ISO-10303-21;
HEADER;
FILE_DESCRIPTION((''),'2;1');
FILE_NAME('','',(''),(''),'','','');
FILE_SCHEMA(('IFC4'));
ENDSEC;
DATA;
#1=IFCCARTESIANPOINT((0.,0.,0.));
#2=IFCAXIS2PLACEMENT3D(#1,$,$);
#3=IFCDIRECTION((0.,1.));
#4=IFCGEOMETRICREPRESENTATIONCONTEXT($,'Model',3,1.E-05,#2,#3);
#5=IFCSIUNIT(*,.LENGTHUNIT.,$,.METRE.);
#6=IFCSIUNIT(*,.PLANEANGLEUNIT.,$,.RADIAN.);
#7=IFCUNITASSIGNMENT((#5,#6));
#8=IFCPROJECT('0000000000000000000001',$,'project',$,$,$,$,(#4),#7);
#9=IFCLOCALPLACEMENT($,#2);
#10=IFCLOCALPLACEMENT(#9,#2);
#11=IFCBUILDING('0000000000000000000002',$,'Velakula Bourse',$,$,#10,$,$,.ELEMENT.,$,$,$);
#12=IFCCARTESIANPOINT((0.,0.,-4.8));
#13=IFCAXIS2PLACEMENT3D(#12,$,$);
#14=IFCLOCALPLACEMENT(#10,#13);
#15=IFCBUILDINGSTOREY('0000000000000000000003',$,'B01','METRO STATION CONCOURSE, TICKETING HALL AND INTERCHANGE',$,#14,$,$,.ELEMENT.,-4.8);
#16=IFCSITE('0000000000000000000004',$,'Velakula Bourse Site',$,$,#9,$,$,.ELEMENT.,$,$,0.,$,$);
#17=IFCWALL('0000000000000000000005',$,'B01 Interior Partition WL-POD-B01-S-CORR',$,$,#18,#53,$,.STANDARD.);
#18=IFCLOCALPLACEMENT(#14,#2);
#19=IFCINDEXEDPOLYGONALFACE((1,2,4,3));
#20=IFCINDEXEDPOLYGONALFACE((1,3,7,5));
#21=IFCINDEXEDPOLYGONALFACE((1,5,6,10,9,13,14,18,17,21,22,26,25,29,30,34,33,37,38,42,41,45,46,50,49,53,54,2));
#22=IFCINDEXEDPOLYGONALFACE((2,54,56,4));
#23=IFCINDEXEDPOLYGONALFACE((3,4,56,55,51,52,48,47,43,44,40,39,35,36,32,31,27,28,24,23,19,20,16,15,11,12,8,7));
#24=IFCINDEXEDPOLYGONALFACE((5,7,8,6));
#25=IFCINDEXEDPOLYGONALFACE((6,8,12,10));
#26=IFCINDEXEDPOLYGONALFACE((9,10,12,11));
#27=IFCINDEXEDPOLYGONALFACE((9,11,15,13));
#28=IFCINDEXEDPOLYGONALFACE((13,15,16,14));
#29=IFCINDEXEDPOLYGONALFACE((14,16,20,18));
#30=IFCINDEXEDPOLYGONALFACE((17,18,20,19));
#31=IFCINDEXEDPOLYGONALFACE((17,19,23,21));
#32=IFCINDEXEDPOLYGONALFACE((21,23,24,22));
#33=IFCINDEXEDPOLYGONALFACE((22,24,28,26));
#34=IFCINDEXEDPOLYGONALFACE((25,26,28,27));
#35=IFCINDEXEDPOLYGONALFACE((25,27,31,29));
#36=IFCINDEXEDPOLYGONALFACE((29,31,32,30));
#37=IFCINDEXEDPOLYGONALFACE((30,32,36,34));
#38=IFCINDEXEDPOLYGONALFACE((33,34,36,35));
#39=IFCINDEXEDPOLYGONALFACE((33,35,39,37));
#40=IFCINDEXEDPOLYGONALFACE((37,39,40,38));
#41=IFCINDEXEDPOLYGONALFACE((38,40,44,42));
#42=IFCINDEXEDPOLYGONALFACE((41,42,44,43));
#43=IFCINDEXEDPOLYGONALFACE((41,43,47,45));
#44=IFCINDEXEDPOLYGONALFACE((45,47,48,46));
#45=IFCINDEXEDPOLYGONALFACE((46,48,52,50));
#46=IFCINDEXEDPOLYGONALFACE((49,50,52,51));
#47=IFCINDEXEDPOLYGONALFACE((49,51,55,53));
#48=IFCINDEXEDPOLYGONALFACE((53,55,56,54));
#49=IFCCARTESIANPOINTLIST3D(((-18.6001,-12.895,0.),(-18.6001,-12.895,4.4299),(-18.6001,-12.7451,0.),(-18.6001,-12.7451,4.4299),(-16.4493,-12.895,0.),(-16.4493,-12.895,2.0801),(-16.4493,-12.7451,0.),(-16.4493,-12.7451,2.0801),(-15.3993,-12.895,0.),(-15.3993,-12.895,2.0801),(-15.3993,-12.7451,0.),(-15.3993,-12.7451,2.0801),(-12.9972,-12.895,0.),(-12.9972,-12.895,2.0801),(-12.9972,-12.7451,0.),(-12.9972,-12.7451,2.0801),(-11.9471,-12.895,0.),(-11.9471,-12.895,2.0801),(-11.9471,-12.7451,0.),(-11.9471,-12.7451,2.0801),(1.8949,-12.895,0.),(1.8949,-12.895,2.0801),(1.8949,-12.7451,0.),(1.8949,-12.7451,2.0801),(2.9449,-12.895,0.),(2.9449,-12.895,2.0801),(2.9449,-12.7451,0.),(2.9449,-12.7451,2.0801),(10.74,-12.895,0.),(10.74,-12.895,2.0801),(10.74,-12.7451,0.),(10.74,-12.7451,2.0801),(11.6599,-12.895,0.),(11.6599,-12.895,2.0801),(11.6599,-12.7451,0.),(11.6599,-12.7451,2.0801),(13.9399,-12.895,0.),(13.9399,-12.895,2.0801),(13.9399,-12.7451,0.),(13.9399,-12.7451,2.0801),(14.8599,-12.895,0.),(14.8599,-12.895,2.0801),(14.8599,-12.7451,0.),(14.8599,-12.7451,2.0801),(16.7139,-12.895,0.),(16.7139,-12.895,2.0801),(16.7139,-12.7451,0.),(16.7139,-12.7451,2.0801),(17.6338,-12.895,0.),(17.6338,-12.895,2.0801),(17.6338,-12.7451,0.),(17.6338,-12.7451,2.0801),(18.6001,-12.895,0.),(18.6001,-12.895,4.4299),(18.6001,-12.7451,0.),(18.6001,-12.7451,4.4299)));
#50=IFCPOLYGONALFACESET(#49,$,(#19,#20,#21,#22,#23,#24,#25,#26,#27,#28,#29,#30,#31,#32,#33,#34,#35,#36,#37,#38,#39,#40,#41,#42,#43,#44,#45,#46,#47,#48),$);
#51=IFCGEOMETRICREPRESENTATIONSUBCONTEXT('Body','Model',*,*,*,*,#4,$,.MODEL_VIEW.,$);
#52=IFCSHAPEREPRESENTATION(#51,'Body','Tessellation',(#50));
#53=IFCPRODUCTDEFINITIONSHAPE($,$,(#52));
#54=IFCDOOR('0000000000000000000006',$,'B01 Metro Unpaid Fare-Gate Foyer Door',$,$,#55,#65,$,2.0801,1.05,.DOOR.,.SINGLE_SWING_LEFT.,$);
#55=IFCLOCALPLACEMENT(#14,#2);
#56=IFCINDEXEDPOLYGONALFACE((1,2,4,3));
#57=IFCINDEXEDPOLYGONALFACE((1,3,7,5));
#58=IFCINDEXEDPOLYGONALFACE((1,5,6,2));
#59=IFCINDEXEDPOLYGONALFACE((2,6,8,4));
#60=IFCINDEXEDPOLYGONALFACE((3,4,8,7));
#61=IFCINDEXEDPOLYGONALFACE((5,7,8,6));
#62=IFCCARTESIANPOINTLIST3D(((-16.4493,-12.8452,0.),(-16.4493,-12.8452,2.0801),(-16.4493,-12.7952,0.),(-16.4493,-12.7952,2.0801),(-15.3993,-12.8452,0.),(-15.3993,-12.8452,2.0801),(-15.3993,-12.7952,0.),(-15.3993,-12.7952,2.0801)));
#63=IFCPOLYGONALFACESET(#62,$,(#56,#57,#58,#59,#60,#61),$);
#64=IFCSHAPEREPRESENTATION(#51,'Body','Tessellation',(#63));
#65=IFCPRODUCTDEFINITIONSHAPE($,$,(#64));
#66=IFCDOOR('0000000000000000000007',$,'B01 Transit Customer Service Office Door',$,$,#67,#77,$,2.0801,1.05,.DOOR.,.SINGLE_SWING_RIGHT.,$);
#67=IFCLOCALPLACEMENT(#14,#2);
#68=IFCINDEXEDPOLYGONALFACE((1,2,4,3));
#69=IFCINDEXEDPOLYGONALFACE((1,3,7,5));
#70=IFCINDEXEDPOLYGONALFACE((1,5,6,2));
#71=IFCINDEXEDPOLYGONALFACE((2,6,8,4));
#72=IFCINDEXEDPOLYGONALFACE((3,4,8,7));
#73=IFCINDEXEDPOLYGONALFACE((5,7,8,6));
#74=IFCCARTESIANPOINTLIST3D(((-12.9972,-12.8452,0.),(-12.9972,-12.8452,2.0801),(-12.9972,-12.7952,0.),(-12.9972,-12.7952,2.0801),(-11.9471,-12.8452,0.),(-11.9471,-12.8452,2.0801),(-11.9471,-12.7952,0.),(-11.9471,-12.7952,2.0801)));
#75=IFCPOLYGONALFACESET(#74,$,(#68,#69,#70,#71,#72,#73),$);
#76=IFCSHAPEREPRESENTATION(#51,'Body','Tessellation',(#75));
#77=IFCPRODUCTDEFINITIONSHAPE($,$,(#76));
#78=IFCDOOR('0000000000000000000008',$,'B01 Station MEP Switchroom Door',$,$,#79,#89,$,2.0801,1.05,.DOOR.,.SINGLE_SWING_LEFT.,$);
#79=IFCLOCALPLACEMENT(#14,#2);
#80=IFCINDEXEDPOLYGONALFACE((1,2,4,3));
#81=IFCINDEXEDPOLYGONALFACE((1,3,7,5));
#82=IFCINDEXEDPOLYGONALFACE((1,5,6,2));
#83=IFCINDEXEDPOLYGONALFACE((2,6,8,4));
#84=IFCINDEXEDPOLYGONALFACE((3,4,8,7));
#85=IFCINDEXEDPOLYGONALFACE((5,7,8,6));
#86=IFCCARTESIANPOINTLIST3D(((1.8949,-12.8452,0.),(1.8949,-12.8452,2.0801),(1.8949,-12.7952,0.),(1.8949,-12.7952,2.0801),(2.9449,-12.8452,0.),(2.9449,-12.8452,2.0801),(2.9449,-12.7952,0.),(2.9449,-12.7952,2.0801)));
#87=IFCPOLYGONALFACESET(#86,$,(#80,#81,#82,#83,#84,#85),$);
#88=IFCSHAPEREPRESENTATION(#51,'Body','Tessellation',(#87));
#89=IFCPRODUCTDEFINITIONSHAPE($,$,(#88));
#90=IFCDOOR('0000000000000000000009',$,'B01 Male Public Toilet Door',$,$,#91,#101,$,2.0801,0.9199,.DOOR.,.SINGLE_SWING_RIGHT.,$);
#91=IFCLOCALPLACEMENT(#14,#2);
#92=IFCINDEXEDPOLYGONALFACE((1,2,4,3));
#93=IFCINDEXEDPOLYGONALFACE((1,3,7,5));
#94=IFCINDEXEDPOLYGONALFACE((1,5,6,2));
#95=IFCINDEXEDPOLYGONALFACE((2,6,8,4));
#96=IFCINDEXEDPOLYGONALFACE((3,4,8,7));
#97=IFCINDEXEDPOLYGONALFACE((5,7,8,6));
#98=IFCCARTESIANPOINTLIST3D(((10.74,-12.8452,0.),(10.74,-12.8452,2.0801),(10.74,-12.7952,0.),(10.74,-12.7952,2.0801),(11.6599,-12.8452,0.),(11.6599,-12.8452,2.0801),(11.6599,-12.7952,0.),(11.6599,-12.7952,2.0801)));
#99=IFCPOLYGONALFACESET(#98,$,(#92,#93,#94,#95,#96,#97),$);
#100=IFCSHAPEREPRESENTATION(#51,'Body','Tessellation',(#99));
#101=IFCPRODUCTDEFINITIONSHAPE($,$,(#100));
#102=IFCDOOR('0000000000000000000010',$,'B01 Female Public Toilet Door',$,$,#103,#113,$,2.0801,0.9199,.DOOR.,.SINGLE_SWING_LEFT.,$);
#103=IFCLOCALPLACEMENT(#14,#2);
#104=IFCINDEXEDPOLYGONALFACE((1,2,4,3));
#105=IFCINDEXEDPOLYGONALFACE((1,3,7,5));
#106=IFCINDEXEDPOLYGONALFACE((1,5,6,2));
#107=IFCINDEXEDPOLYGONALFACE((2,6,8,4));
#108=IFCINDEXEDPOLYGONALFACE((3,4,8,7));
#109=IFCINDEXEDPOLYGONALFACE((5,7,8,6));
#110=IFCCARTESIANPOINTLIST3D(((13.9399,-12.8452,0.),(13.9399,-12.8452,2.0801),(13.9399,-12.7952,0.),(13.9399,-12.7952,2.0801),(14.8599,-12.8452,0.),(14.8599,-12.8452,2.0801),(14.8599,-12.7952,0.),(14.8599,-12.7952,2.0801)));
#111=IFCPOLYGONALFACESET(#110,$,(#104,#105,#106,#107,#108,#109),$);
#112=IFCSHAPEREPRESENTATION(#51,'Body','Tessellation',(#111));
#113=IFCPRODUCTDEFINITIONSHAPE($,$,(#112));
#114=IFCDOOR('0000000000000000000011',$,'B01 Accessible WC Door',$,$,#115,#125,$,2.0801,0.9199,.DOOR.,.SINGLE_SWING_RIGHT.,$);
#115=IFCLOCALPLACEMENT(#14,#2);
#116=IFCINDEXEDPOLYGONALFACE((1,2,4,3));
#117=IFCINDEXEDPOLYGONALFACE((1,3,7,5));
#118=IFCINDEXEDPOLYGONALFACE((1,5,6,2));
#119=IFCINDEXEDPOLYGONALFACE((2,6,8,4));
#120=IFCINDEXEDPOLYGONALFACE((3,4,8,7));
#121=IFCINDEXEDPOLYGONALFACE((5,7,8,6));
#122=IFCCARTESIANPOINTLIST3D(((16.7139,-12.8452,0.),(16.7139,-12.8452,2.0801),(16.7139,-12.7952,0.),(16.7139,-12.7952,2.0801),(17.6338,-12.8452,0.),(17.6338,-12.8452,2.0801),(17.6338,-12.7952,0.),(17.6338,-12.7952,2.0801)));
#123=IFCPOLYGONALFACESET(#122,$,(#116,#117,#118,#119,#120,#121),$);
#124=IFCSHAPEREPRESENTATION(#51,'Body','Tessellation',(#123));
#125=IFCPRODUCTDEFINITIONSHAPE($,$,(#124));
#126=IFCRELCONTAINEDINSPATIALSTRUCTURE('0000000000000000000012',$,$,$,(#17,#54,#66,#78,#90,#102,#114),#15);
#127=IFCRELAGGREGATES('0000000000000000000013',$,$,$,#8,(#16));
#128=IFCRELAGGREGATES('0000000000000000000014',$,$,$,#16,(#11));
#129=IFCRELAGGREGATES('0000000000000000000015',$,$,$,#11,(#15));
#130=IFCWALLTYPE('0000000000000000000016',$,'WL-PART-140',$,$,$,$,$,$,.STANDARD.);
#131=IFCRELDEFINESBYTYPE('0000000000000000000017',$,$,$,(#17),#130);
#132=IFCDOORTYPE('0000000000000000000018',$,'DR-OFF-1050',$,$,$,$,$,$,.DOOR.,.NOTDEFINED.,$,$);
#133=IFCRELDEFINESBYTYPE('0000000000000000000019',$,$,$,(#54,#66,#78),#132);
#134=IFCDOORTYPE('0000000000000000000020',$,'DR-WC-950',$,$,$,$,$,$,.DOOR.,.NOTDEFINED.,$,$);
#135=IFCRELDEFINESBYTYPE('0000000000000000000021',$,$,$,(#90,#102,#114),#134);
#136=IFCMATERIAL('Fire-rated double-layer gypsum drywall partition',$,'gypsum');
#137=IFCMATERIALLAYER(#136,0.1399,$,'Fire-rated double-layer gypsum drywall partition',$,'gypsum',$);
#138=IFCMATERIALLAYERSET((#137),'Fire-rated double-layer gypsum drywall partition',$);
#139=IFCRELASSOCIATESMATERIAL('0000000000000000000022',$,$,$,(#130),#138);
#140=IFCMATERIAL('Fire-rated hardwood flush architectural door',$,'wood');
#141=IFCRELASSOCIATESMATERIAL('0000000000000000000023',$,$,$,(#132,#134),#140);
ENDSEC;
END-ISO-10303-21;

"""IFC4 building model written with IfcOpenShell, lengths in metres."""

from ifc_helpers import new_model, si_unit, direction, frame, frame_2d, origin, place, context, subcontext, project, spatial, rectangle, extrude, material, layer, layer_set, type_object, element, fill, save


model = new_model("IFC4")

# Units and contexts
model_context = context("Model", 3, precision=1e-05, world=origin(), true_north=direction((0.0, 1.0)))
body_context = subcontext(model_context, "Body", "Model", "MODEL_VIEW")
ifc_project = project(units=[si_unit("LENGTHUNIT", "METRE"), si_unit("PLANEANGLEUNIT", "RADIAN")], contexts=[model_context])

# Site, building, storey
site_placement = place(None, origin())
site = spatial("IfcSite", under=ifc_project, at=site_placement, Name="Velakula Bourse Site", CompositionType="ELEMENT", RefElevation=0.0)
building_placement = place(site_placement, origin())
building = spatial("IfcBuilding", under=site, at=building_placement, Name="Velakula Bourse", CompositionType="ELEMENT")
storey_placement = place(building_placement, frame((0.0, 0.0, -4.8)))
storey = spatial("IfcBuildingStorey", under=building, at=storey_placement, Name="B01", Description="METRO STATION CONCOURSE, TICKETING HALL AND INTERCHANGE", CompositionType="ELEMENT", Elevation=-4.8)

# Wall, openings, doors
ifc_material_1 = material(Name="Fire-rated double-layer gypsum drywall partition", Category="gypsum")
ifc_layer_1 = layer(ifc_material_1, 0.1399, Name="Fire-rated double-layer gypsum drywall partition", Category="gypsum")
ifc_layer_set_1 = layer_set([ifc_layer_1], Name="Fire-rated double-layer gypsum drywall partition")
wall_type_1 = type_object("IfcWallType", Name="WL-PART-140", PredefinedType="STANDARD", material=ifc_layer_set_1)
wall_1_placement = place(storey_placement, frame((-18.6001, -12.8201, 0.0), z_axis=(0.0, 0.0, 1.0), x_axis=(1.0, 0.0, 0.0)))
wall_1 = element("IfcWall", 1, at=wall_1_placement, inside=storey, type_object=wall_type_1, Name="B01 Interior Partition WL-POD-B01-S-CORR", PredefinedType="STANDARD", context=body_context, shape_type="SweptSolid", body=[
    extrude(rectangle(XDim=37.2002, YDim=0.1499, at=frame_2d((18.6001, 0.0))), origin(), (0.0, 0.0, 1.0), 4.4299),
])
opening_1_placement = place(wall_1_placement, frame((29.3401, 0.0, 0.0)))
opening_1 = element("IfcOpeningElement", 2, at=opening_1_placement, cuts=wall_1, PredefinedType="OPENING", context=body_context, shape_type="SweptSolid", body=[
    extrude(rectangle(XDim=0.9199, YDim=2.0801, at=frame_2d((0.46, 1.04))), frame((0.0, 0.085, 0.0), z_axis=(0.0, -1.0, 0.0), x_axis=(1.0, 0.0, 0.0)), (0.0, 0.0, 1.0), 0.1699),
])
opening_2_placement = place(wall_1_placement, frame((32.54, 0.0, 0.0)))
opening_2 = element("IfcOpeningElement", 3, at=opening_2_placement, cuts=wall_1, PredefinedType="OPENING", context=body_context, shape_type="SweptSolid", body=[
    extrude(rectangle(XDim=0.9199, YDim=2.0801, at=frame_2d((0.46, 1.04))), frame((0.0, 0.085, 0.0), z_axis=(0.0, -1.0, 0.0), x_axis=(1.0, 0.0, 0.0)), (0.0, 0.0, 1.0), 0.1699),
])
opening_3_placement = place(wall_1_placement, frame((35.314, 0.0, 0.0)))
opening_3 = element("IfcOpeningElement", 4, at=opening_3_placement, cuts=wall_1, PredefinedType="OPENING", context=body_context, shape_type="SweptSolid", body=[
    extrude(rectangle(XDim=0.9199, YDim=2.0801, at=frame_2d((0.46, 1.04))), frame((0.0, 0.085, 0.0), z_axis=(0.0, -1.0, 0.0), x_axis=(1.0, 0.0, 0.0)), (0.0, 0.0, 1.0), 0.1699),
])
opening_4_placement = place(wall_1_placement, frame((2.1509, 0.0, 0.0)))
opening_4 = element("IfcOpeningElement", 5, at=opening_4_placement, cuts=wall_1, PredefinedType="OPENING", context=body_context, shape_type="SweptSolid", body=[
    extrude(rectangle(XDim=1.05, YDim=2.0801, at=frame_2d((0.5249, 1.04))), frame((0.0, 0.085, 0.0), z_axis=(0.0, -1.0, 0.0), x_axis=(1.0, 0.0, 0.0)), (0.0, 0.0, 1.0), 0.1699),
])
opening_5_placement = place(wall_1_placement, frame((5.603, 0.0, 0.0)))
opening_5 = element("IfcOpeningElement", 6, at=opening_5_placement, cuts=wall_1, PredefinedType="OPENING", context=body_context, shape_type="SweptSolid", body=[
    extrude(rectangle(XDim=1.05, YDim=2.0801, at=frame_2d((0.5249, 1.04))), frame((0.0, 0.085, 0.0), z_axis=(0.0, -1.0, 0.0), x_axis=(1.0, 0.0, 0.0)), (0.0, 0.0, 1.0), 0.1699),
])
opening_6_placement = place(wall_1_placement, frame((20.4951, 0.0, 0.0)))
opening_6 = element("IfcOpeningElement", 7, at=opening_6_placement, cuts=wall_1, PredefinedType="OPENING", context=body_context, shape_type="SweptSolid", body=[
    extrude(rectangle(XDim=1.05, YDim=2.0801, at=frame_2d((0.5249, 1.04))), frame((0.0, 0.085, 0.0), z_axis=(0.0, -1.0, 0.0), x_axis=(1.0, 0.0, 0.0)), (0.0, 0.0, 1.0), 0.1699),
])
ifc_material_2 = material(Name="Fire-rated hardwood flush architectural door", Category="wood")
door_type_1 = type_object("IfcDoorType", Name="DR-OFF-1050", OperationType="NOTDEFINED", PredefinedType="DOOR", material=ifc_material_2)
door_1_placement = place(opening_4_placement, origin())
door_1 = element("IfcDoor", 8, at=door_1_placement, inside=storey, type_object=door_type_1, Name="B01 Metro Unpaid Fare-Gate Foyer Door", OperationType="SINGLE_SWING_LEFT", OverallHeight=2.0801, OverallWidth=1.05, PredefinedType="DOOR", context=body_context, shape_type="SweptSolid", body=[
    extrude(rectangle(XDim=1.05, YDim=2.0801, at=frame_2d((0.5249, 1.04))), frame((0.0, 0.0249, 0.0), z_axis=(0.0, -1.0, 0.0), x_axis=(1.0, 0.0, 0.0)), (0.0, 0.0, 1.0), 0.05),
])
fill(opening_4, door_1)
door_2_placement = place(opening_5_placement, origin())
door_2 = element("IfcDoor", 9, at=door_2_placement, inside=storey, type_object=door_type_1, Name="B01 Transit Customer Service Office Door", OperationType="SINGLE_SWING_RIGHT", OverallHeight=2.0801, OverallWidth=1.05, PredefinedType="DOOR", context=body_context, shape_type="SweptSolid", body=[
    extrude(rectangle(XDim=1.05, YDim=2.0801, at=frame_2d((0.5249, 1.04))), frame((0.0, 0.0249, 0.0), z_axis=(0.0, -1.0, 0.0), x_axis=(1.0, 0.0, 0.0)), (0.0, 0.0, 1.0), 0.05),
])
fill(opening_5, door_2)
door_3_placement = place(opening_6_placement, origin())
door_3 = element("IfcDoor", 10, at=door_3_placement, inside=storey, type_object=door_type_1, Name="B01 Station MEP Switchroom Door", OperationType="SINGLE_SWING_LEFT", OverallHeight=2.0801, OverallWidth=1.05, PredefinedType="DOOR", context=body_context, shape_type="SweptSolid", body=[
    extrude(rectangle(XDim=1.05, YDim=2.0801, at=frame_2d((0.5249, 1.04))), frame((0.0, 0.0249, 0.0), z_axis=(0.0, -1.0, 0.0), x_axis=(1.0, 0.0, 0.0)), (0.0, 0.0, 1.0), 0.05),
])
fill(opening_6, door_3)
door_type_2 = type_object("IfcDoorType", Name="DR-WC-950", OperationType="NOTDEFINED", PredefinedType="DOOR", material=ifc_material_2)
door_4_placement = place(opening_1_placement, origin())
door_4 = element("IfcDoor", 11, at=door_4_placement, inside=storey, type_object=door_type_2, Name="B01 Male Public Toilet Door", OperationType="SINGLE_SWING_RIGHT", OverallHeight=2.0801, OverallWidth=0.9199, PredefinedType="DOOR", context=body_context, shape_type="SweptSolid", body=[
    extrude(rectangle(XDim=0.9199, YDim=2.0801, at=frame_2d((0.46, 1.04))), frame((0.0, 0.0249, 0.0), z_axis=(0.0, -1.0, 0.0), x_axis=(1.0, 0.0, 0.0)), (0.0, 0.0, 1.0), 0.05),
])
fill(opening_1, door_4)
door_5_placement = place(opening_2_placement, origin())
door_5 = element("IfcDoor", 12, at=door_5_placement, inside=storey, type_object=door_type_2, Name="B01 Female Public Toilet Door", OperationType="SINGLE_SWING_LEFT", OverallHeight=2.0801, OverallWidth=0.9199, PredefinedType="DOOR", context=body_context, shape_type="SweptSolid", body=[
    extrude(rectangle(XDim=0.9199, YDim=2.0801, at=frame_2d((0.46, 1.04))), frame((0.0, 0.0249, 0.0), z_axis=(0.0, -1.0, 0.0), x_axis=(1.0, 0.0, 0.0)), (0.0, 0.0, 1.0), 0.05),
])
fill(opening_2, door_5)
door_6_placement = place(opening_3_placement, origin())
door_6 = element("IfcDoor", 13, at=door_6_placement, inside=storey, type_object=door_type_2, Name="B01 Accessible WC Door", OperationType="SINGLE_SWING_RIGHT", OverallHeight=2.0801, OverallWidth=0.9199, PredefinedType="DOOR", context=body_context, shape_type="SweptSolid", body=[
    extrude(rectangle(XDim=0.9199, YDim=2.0801, at=frame_2d((0.46, 1.04))), frame((0.0, 0.0249, 0.0), z_axis=(0.0, -1.0, 0.0), x_axis=(1.0, 0.0, 0.0)), (0.0, 0.0, 1.0), 0.05),
])
fill(opening_3, door_6)

save(model, "model.ifc")
